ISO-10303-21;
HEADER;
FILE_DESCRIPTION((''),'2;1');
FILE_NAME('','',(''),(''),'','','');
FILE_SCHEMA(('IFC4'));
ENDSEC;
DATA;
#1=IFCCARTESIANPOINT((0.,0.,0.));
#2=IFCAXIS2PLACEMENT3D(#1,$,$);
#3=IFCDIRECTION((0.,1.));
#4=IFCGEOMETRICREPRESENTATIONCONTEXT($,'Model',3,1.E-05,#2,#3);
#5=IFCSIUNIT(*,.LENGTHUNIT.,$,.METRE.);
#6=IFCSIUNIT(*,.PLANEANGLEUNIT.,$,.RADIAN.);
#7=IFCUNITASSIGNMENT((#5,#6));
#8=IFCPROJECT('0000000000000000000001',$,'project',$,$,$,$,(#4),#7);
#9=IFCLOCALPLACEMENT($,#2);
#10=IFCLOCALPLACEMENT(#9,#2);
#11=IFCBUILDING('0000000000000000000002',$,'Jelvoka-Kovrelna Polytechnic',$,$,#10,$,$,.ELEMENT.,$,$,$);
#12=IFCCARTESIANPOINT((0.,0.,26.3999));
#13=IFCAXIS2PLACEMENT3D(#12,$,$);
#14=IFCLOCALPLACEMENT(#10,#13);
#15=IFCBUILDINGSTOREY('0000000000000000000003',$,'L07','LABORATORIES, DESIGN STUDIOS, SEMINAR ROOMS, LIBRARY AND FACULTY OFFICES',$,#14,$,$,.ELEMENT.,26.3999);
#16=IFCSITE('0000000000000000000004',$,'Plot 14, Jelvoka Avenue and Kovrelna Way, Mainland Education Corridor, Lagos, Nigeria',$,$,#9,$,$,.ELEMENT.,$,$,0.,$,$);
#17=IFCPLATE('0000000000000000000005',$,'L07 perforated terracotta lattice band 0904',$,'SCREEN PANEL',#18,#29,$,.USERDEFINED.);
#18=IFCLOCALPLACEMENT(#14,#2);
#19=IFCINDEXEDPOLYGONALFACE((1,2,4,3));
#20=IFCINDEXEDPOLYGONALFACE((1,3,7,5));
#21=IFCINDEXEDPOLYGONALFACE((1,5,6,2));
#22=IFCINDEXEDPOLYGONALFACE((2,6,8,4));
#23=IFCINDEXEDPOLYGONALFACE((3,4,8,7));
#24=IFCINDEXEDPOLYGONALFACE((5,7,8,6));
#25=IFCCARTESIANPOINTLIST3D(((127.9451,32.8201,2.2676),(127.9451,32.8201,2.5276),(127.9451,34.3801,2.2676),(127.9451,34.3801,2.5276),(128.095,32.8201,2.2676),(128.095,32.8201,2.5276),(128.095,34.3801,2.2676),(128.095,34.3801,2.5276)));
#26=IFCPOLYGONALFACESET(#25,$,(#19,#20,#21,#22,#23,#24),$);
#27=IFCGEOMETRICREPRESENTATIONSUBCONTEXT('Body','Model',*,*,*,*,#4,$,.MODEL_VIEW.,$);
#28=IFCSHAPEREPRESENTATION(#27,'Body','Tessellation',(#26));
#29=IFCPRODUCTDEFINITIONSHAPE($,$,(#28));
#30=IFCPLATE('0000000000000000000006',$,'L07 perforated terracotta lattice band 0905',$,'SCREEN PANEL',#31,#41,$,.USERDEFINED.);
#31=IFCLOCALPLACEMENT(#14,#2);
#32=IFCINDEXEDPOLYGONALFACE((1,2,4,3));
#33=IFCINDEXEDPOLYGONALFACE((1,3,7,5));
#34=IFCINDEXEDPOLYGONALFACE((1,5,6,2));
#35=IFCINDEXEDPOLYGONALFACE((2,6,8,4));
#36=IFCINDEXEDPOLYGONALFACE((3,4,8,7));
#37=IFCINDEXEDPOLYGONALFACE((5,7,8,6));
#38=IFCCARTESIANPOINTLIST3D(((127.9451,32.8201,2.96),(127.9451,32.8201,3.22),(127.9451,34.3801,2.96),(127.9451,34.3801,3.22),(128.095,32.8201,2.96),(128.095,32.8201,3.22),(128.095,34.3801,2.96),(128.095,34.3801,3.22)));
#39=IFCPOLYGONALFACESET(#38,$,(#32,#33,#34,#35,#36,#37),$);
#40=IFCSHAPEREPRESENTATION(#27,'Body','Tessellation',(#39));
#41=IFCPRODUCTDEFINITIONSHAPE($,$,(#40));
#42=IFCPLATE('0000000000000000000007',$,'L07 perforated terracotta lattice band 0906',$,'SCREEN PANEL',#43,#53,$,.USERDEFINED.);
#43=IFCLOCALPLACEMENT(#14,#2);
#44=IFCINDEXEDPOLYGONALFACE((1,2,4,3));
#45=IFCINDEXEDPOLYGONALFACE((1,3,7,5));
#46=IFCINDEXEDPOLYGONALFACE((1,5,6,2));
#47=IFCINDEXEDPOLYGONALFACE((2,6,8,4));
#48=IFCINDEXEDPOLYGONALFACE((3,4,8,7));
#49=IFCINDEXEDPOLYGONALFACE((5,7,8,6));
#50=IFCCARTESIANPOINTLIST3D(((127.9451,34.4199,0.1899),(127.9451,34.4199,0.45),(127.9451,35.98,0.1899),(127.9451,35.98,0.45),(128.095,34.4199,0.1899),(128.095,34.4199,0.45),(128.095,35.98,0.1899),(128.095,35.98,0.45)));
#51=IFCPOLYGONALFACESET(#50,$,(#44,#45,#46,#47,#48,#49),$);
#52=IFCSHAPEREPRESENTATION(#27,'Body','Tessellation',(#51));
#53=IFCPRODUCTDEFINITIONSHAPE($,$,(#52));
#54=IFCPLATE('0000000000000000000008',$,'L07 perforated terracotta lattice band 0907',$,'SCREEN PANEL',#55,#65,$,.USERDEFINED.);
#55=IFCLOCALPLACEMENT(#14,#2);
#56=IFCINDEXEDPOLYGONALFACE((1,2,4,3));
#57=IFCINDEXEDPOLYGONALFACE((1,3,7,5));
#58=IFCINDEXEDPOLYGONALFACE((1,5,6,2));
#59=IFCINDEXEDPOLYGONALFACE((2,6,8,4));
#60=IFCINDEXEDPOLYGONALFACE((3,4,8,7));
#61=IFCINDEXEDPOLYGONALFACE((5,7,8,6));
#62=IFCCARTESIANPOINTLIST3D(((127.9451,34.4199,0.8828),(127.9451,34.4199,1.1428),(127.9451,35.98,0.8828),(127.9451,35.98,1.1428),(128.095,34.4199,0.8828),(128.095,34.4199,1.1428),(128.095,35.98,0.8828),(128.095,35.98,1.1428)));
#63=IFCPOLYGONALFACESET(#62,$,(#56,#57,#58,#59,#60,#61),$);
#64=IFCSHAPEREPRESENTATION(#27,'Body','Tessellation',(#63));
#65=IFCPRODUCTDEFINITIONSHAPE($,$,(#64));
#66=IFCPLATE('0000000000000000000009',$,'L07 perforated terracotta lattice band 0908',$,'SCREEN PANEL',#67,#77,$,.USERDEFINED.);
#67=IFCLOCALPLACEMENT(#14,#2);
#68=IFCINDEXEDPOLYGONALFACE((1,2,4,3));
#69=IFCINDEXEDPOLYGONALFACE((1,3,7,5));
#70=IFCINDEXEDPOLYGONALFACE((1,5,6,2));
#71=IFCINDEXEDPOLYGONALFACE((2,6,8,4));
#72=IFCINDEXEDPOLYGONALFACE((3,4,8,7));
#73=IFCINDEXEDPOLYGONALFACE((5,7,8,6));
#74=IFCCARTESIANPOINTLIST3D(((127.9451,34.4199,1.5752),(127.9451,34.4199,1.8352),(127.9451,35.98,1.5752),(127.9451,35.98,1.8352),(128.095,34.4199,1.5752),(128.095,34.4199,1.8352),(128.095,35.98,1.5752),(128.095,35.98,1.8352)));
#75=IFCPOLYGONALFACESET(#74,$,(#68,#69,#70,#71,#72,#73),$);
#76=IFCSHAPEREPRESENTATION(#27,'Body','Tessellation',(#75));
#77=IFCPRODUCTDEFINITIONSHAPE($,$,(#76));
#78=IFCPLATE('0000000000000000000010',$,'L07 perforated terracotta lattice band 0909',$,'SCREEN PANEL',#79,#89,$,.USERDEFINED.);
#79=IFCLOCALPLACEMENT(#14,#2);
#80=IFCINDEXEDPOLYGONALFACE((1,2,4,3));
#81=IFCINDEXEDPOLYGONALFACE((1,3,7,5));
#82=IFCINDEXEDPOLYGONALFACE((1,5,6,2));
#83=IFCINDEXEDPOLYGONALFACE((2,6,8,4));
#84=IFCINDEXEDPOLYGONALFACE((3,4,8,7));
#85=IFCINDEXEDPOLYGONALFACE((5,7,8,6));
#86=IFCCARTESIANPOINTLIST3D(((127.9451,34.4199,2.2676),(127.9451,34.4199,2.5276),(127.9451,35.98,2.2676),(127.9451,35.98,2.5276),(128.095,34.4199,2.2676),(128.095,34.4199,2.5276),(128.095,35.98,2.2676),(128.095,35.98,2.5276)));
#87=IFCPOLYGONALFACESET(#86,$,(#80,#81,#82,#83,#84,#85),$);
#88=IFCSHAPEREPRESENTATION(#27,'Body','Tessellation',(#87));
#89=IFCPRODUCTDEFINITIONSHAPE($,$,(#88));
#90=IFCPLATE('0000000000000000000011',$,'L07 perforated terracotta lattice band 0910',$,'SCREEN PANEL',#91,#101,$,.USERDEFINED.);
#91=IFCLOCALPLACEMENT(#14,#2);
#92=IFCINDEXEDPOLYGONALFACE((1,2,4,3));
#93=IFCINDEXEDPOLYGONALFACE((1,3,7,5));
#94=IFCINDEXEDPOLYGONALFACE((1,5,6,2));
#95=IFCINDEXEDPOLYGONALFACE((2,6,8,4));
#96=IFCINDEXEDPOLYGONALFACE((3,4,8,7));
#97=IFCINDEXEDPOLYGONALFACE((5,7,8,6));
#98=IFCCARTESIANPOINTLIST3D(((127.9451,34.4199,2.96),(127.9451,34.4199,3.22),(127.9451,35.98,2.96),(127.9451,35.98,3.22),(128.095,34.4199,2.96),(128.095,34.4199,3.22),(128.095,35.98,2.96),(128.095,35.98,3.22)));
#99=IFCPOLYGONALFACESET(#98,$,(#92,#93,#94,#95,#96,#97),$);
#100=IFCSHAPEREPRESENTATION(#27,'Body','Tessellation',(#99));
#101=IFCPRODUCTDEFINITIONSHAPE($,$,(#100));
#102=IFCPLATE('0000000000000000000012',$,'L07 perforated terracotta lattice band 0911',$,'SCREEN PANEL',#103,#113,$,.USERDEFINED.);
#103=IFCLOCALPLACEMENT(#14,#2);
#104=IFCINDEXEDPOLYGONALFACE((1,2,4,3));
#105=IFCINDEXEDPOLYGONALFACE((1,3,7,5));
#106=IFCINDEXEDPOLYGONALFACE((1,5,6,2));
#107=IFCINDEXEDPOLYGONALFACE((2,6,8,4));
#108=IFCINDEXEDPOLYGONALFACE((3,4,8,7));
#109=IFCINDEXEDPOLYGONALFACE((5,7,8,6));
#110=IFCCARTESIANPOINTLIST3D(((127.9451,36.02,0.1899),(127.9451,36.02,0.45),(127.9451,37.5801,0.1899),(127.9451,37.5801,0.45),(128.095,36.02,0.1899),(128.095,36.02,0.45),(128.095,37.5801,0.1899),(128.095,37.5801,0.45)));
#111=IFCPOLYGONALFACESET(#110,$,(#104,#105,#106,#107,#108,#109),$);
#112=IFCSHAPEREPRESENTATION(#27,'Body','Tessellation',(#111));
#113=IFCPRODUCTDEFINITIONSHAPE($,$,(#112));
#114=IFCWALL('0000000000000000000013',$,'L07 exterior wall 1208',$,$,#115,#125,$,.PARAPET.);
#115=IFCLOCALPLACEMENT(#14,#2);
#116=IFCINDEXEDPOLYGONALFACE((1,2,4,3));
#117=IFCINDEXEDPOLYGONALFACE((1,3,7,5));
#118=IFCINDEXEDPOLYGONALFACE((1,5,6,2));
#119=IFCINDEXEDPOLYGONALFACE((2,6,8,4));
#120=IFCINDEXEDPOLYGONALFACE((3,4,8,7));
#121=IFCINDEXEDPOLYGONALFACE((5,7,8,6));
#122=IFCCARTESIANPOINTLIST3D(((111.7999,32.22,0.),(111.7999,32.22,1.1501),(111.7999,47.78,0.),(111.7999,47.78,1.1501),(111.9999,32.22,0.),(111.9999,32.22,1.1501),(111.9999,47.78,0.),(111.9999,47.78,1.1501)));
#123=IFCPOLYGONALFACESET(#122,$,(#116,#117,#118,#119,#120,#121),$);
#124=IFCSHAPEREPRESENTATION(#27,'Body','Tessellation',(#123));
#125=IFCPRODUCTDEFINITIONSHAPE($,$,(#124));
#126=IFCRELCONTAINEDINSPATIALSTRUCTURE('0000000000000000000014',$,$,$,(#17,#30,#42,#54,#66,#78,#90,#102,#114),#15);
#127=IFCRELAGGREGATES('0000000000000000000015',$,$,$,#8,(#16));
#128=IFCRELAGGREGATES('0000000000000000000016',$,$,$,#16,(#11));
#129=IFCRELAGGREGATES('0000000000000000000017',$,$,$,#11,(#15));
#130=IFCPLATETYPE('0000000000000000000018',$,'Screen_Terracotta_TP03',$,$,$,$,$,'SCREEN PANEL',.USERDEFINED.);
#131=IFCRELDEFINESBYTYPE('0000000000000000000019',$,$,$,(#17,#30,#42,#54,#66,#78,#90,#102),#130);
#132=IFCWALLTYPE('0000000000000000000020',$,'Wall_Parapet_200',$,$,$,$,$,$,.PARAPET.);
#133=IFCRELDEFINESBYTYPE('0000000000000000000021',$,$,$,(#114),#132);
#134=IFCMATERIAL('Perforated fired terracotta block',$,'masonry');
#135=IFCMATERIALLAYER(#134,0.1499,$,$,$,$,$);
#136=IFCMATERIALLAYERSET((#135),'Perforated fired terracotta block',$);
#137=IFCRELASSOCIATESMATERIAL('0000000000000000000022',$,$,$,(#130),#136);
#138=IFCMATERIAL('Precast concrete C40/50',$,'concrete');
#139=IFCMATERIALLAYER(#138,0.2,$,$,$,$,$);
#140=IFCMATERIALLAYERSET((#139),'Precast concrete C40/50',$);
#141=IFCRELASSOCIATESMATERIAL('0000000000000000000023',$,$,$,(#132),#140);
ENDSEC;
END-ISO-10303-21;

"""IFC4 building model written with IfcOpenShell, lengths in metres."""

from ifc_helpers import new_model, si_unit, direction, frame, frame_2d, origin, origin_2d, place, context, subcontext, project, spatial, rectangle, extrude, material, layer, layer_set, type_object, element, save


model = new_model("IFC4")

# Units and contexts
model_context = context("Model", 3, precision=1e-05, world=origin(), true_north=direction((0.0, 1.0)))
body_context = subcontext(model_context, "Body", "Model", "MODEL_VIEW")
ifc_project = project(units=[si_unit("LENGTHUNIT", "METRE"), si_unit("PLANEANGLEUNIT", "RADIAN")], contexts=[model_context])

# Site, building, storey
site_placement = place(None, origin())
site = spatial("IfcSite", under=ifc_project, at=site_placement, Name="Plot 14, Jelvoka Avenue and Kovrelna Way, Mainland Education Corridor, Lagos, Nigeria", CompositionType="ELEMENT", RefElevation=0.0)
building_placement = place(site_placement, origin())
building = spatial("IfcBuilding", under=site, at=building_placement, Name="Jelvoka-Kovrelna Polytechnic", CompositionType="ELEMENT")
storey_placement = place(building_placement, frame((0.0, 0.0, 26.3999)))
storey = spatial("IfcBuildingStorey", under=building, at=storey_placement, Name="L07", Description="LABORATORIES, DESIGN STUDIOS, SEMINAR ROOMS, LIBRARY AND FACULTY OFFICES", CompositionType="ELEMENT", Elevation=26.3999)

# Plates
ifc_material_1 = material(Name="Perforated fired terracotta block", Category="masonry")
ifc_layer_1 = layer(ifc_material_1, 0.1499)
ifc_layer_set_1 = layer_set([ifc_layer_1], Name="Perforated fired terracotta block")
plate_type = type_object("IfcPlateType", Name="Screen_Terracotta_TP03", ElementType="SCREEN PANEL", PredefinedType="USERDEFINED", material=ifc_layer_set_1)
for number, where, z_axis, x_axis, name in (
    (1, (128.02, 33.6001, 2.2676), (0.0, 0.0, 1.0), (0.0, 1.0, 0.0), "L07 perforated terracotta lattice band 0904"),
    (2, (128.02, 33.6001, 2.96), (0.0, 0.0, 1.0), (0.0, 1.0, 0.0), "L07 perforated terracotta lattice band 0905"),
    (3, (128.02, 35.2, 0.1899), (0.0, 0.0, 1.0), (0.0, 1.0, 0.0), "L07 perforated terracotta lattice band 0906"),
    (4, (128.02, 35.2, 0.8828), (0.0, 0.0, 1.0), (0.0, 1.0, 0.0), "L07 perforated terracotta lattice band 0907"),
    (5, (128.02, 35.2, 1.5752), (0.0, 0.0, 1.0), (0.0, 1.0, 0.0), "L07 perforated terracotta lattice band 0908"),
    (6, (128.02, 35.2, 2.2676), (0.0, 0.0, 1.0), (0.0, 1.0, 0.0), "L07 perforated terracotta lattice band 0909"),
    (7, (128.02, 35.2, 2.96), (0.0, 0.0, 1.0), (0.0, 1.0, 0.0), "L07 perforated terracotta lattice band 0910"),
    (8, (128.02, 36.8, 0.1899), (0.0, 0.0, 1.0), (0.0, 1.0, 0.0), "L07 perforated terracotta lattice band 0911"),
):
    element("IfcPlate", number, at=place(storey_placement, frame(where, z_axis=z_axis, x_axis=x_axis)), inside=storey, type_object=plate_type, Name=name, ObjectType="SCREEN PANEL", PredefinedType="USERDEFINED", context=body_context, shape_type="SweptSolid", body=[
        extrude(rectangle(XDim=1.5601, YDim=0.1499, at=origin_2d()), origin(), (0.0, 0.0, 1.0), 0.26),
    ])

# Wall
ifc_material_2 = material(Name="Precast concrete C40/50", Category="concrete")
ifc_layer_2 = layer(ifc_material_2, 0.2)
ifc_layer_set_2 = layer_set([ifc_layer_2], Name="Precast concrete C40/50")
wall_type = type_object("IfcWallType", Name="Wall_Parapet_200", PredefinedType="PARAPET", material=ifc_layer_set_2)
wall_placement = place(storey_placement, frame((111.8999, 32.22, 0.0), z_axis=(0.0, 0.0, 1.0), x_axis=(0.0, 1.0, 0.0)))
element("IfcWall", 9, at=wall_placement, inside=storey, type_object=wall_type, Name="L07 exterior wall 1208", PredefinedType="PARAPET", context=body_context, shape_type="SweptSolid", body=[
    extrude(rectangle(XDim=15.5601, YDim=0.2, at=frame_2d((7.78, 0.0))), origin(), (0.0, 0.0, 1.0), 1.1501),
])

save(model, "model.ifc")
